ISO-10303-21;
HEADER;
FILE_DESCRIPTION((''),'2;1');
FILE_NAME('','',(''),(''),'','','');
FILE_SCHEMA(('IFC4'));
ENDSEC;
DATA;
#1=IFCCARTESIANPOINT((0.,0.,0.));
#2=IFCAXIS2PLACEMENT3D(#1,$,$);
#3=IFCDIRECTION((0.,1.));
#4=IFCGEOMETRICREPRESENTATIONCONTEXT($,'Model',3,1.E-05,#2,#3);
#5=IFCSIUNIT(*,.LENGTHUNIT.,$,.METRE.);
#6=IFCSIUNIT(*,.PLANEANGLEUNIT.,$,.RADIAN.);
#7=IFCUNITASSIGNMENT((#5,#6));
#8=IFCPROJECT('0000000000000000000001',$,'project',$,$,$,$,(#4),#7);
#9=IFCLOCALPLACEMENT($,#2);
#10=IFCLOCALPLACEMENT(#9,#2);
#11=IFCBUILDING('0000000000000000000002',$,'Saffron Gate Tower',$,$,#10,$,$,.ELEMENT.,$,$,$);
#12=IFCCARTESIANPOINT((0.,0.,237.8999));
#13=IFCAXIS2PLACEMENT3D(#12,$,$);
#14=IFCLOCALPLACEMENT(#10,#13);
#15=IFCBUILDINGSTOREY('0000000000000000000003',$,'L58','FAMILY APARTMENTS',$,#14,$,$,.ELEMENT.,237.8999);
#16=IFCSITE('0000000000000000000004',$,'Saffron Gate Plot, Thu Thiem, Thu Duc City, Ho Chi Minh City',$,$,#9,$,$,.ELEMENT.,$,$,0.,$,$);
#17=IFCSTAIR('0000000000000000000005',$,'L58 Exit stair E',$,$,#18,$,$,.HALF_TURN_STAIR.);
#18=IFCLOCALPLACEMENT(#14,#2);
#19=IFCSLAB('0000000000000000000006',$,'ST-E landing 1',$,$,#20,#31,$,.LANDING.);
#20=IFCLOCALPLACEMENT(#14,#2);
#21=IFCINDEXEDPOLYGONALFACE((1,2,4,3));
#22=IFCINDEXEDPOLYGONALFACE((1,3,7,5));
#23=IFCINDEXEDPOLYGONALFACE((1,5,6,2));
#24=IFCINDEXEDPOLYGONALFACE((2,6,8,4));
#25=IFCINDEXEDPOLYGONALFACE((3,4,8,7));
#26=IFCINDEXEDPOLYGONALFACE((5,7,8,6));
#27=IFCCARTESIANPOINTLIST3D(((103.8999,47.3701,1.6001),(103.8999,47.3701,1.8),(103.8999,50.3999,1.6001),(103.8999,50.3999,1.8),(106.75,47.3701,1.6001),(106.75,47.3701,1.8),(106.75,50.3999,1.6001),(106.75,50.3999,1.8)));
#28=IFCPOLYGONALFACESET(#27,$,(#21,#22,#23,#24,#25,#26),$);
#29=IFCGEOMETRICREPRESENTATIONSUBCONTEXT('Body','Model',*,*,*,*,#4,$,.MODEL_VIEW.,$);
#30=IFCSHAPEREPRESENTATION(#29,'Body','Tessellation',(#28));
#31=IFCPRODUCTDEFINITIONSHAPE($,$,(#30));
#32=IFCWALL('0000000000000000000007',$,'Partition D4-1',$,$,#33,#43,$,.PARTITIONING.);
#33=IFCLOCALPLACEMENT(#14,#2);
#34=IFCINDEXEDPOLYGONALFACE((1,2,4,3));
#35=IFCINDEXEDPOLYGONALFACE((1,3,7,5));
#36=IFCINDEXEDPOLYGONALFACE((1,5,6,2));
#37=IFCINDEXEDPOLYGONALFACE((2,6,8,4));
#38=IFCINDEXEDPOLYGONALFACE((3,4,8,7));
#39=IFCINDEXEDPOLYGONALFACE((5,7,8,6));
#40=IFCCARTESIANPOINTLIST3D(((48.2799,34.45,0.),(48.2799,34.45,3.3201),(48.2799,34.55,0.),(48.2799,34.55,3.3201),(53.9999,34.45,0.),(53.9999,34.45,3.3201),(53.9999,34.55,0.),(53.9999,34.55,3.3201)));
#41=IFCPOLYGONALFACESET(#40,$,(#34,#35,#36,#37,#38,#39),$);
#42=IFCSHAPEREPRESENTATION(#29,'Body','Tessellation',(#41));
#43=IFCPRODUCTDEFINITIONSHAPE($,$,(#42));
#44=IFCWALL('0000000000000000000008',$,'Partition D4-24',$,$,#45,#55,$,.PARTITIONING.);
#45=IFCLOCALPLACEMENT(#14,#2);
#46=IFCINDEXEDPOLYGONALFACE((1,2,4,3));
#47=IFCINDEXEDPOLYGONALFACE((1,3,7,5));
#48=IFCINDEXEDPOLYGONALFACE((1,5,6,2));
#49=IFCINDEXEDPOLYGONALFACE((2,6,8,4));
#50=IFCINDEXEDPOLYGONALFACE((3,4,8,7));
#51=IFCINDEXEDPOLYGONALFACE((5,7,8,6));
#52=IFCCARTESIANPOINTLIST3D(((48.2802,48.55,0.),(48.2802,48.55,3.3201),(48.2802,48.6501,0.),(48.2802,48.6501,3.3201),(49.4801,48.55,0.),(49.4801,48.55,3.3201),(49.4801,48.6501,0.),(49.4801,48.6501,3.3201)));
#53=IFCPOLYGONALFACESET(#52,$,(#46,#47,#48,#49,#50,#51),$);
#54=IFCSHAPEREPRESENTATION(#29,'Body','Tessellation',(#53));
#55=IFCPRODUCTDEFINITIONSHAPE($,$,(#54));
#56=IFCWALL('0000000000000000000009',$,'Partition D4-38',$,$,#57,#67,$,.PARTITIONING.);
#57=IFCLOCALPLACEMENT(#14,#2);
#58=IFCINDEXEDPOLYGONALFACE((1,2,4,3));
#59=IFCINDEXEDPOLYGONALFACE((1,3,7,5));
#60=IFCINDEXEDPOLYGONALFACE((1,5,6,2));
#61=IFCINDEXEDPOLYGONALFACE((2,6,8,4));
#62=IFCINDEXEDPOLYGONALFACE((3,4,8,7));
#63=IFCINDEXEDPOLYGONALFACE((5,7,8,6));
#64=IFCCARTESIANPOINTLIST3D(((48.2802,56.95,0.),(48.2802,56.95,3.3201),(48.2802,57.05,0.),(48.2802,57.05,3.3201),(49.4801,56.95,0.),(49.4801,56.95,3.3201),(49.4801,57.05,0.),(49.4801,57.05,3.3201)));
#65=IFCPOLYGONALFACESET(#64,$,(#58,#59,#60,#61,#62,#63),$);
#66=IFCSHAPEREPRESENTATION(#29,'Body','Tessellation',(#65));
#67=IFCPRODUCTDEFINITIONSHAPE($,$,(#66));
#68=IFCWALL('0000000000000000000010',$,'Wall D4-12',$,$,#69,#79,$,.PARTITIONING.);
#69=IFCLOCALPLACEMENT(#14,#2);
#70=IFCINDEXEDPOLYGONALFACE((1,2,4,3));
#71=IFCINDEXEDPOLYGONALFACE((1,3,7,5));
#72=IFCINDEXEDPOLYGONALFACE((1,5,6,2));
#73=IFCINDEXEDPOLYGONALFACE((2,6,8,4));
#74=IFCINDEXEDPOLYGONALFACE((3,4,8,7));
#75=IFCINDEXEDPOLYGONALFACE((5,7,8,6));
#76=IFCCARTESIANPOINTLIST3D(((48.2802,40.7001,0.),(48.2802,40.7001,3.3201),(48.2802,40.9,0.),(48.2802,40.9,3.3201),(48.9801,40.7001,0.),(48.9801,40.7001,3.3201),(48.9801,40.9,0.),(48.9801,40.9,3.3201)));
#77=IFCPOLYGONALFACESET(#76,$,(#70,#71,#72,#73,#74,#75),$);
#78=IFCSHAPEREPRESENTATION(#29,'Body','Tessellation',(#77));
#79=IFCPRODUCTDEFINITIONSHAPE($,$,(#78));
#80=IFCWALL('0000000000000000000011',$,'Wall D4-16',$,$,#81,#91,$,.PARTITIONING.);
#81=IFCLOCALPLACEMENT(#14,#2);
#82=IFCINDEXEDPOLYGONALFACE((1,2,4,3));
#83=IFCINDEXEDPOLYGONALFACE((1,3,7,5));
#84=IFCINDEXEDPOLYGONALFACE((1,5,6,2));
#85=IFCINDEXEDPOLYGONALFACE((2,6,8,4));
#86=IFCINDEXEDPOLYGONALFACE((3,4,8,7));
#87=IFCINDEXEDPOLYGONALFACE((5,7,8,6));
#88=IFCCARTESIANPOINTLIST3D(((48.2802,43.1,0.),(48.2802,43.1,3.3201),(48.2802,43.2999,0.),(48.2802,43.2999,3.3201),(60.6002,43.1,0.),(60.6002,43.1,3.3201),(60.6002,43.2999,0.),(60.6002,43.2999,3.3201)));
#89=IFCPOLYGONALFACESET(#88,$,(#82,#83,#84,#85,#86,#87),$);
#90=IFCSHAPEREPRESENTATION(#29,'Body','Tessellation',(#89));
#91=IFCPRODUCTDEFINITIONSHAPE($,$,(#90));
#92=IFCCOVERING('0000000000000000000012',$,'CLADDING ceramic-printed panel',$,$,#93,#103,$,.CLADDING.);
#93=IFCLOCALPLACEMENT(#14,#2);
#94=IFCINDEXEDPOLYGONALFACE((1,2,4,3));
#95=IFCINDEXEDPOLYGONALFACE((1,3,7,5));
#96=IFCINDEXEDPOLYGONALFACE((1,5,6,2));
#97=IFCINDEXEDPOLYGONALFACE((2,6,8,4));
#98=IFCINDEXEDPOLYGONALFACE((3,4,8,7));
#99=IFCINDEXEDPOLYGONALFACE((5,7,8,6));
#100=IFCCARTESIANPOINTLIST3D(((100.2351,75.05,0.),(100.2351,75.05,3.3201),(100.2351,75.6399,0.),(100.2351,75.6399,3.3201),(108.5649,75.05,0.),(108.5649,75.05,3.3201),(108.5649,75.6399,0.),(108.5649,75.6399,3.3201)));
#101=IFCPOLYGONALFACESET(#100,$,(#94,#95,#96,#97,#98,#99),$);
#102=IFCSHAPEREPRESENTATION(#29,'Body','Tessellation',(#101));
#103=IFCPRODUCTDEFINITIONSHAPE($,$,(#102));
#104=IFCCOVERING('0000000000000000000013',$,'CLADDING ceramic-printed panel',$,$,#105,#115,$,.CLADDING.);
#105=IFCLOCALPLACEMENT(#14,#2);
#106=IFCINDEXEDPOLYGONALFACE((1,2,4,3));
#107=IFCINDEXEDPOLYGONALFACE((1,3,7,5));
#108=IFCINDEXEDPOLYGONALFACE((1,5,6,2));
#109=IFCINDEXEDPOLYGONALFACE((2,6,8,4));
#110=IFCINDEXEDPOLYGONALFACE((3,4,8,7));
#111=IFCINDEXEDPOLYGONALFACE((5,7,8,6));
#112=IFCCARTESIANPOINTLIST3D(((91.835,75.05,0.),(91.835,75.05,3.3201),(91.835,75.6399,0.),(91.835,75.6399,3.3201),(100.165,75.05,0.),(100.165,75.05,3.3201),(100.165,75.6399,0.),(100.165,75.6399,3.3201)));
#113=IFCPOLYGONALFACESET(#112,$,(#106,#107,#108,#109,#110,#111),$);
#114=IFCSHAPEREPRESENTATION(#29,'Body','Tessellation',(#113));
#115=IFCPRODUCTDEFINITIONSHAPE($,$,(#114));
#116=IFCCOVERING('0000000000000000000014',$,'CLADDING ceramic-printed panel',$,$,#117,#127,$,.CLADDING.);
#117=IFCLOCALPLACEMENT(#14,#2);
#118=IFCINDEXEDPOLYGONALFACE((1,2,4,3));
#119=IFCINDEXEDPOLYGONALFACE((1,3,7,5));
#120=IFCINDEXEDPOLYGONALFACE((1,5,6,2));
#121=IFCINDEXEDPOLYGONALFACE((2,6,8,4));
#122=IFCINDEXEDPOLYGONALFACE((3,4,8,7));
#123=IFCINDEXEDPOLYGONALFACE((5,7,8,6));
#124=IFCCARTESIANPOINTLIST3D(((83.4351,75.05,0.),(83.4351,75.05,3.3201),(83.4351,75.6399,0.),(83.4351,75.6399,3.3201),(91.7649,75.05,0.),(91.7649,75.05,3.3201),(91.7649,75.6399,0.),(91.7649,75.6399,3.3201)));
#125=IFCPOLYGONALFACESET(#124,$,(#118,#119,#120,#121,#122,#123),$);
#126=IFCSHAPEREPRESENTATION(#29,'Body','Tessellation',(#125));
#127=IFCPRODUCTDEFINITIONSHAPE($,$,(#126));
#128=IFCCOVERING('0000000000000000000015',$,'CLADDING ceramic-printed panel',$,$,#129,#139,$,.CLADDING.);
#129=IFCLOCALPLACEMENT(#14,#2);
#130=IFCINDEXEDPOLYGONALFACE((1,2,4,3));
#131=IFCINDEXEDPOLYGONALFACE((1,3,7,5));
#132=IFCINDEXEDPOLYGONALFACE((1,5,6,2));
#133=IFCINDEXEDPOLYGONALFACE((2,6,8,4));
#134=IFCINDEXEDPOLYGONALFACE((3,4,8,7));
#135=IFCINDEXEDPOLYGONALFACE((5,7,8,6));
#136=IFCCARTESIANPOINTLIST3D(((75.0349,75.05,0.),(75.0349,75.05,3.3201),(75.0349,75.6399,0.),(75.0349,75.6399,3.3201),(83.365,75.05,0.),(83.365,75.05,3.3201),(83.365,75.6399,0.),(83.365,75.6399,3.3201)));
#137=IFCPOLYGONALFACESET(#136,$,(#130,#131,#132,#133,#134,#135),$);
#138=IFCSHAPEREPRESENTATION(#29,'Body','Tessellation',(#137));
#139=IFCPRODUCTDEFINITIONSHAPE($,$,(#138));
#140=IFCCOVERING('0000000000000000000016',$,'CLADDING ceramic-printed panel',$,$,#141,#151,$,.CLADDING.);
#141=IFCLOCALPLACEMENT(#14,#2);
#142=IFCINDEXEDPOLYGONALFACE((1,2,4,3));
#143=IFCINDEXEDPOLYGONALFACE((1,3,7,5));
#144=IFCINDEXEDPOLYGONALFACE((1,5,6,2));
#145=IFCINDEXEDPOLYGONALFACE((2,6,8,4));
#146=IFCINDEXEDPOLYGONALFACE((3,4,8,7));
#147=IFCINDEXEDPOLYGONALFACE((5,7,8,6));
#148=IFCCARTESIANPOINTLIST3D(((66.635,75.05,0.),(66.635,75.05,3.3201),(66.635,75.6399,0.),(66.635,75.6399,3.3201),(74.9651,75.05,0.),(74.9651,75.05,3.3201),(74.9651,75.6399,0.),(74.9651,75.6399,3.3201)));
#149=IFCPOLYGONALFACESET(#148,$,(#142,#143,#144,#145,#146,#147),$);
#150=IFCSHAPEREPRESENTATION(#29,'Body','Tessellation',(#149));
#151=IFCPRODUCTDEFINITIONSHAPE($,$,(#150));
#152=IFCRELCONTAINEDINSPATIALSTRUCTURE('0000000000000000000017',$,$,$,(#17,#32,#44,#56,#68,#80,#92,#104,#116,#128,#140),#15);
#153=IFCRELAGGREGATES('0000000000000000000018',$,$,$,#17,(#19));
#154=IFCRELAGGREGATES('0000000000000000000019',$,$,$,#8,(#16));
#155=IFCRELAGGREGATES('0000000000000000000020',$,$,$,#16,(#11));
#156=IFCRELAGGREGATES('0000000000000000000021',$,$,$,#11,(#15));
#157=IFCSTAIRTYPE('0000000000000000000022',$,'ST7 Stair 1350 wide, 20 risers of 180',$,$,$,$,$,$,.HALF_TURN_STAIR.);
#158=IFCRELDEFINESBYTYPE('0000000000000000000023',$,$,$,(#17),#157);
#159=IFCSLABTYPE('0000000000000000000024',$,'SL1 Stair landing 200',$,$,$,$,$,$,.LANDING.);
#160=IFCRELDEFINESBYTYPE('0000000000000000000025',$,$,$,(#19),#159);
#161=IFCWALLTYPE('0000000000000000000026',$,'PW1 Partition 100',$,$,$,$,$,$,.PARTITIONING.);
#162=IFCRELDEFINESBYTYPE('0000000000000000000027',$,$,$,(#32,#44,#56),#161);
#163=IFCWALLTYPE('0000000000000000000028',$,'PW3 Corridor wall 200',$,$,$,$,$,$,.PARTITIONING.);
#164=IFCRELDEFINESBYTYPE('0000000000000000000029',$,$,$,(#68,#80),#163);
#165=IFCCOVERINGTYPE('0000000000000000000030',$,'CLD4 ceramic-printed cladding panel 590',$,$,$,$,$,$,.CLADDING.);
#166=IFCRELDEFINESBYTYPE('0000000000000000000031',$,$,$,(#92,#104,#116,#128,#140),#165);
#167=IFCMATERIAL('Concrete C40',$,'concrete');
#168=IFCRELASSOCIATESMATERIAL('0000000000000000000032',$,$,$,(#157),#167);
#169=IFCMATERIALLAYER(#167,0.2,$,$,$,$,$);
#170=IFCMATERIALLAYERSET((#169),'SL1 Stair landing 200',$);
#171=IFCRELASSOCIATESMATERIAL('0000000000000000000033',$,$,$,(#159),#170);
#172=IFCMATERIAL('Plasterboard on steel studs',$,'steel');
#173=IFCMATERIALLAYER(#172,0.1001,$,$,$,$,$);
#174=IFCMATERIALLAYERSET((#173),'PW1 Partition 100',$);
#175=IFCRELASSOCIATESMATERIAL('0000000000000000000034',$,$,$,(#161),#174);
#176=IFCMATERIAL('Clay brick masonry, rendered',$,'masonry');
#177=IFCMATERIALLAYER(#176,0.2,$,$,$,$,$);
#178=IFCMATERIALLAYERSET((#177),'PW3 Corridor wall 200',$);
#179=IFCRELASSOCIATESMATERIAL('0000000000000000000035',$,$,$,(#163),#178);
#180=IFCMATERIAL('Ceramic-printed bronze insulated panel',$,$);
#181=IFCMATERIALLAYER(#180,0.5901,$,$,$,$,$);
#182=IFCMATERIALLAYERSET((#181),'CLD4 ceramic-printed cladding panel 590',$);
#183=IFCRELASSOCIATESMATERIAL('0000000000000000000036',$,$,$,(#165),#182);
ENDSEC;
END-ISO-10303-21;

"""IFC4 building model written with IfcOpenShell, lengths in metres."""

from ifc_helpers import new_model, si_unit, direction, frame, frame_2d, origin, place, context, subcontext, project, spatial, polyline, rectangle, outline, extrude, material, layer, layer_set, type_object, element, aggregate, save


model = new_model("IFC4")

# Units and contexts
model_context = context("Model", 3, precision=1e-05, world=origin(), true_north=direction((0.0, 1.0)))
body_context = subcontext(model_context, "Body", "Model", "MODEL_VIEW")
ifc_project = project(units=[si_unit("LENGTHUNIT", "METRE"), si_unit("PLANEANGLEUNIT", "RADIAN")], contexts=[model_context])

# Site, building, storey
site_placement = place(None, origin())
site = spatial("IfcSite", under=ifc_project, at=site_placement, Name="Saffron Gate Plot, Thu Thiem, Thu Duc City, Ho Chi Minh City", CompositionType="ELEMENT", RefElevation=0.0)
building_placement = place(site_placement, origin())
building = spatial("IfcBuilding", under=site, at=building_placement, Name="Saffron Gate Tower", CompositionType="ELEMENT")
storey_placement = place(building_placement, frame((0.0, 0.0, 237.8999)))
storey = spatial("IfcBuildingStorey", under=building, at=storey_placement, Name="L58", Description="FAMILY APARTMENTS", CompositionType="ELEMENT", Elevation=237.8999)

# Shared definitions
ifc_material_1 = material(Name="Concrete C40", Category="concrete")

# Stair, slab
stair_type = type_object("IfcStairType", Name="ST7 Stair 1350 wide, 20 risers of 180", PredefinedType="HALF_TURN_STAIR", material=ifc_material_1)
ifc_layer_1 = layer(ifc_material_1, 0.2)
ifc_layer_set_1 = layer_set([ifc_layer_1], Name="SL1 Stair landing 200")
slab_type_1 = type_object("IfcSlabType", Name="SL1 Stair landing 200", PredefinedType="LANDING", material=ifc_layer_set_1)
stair_1_placement = place(storey_placement, origin())
stair_1 = element("IfcStair", 1, at=stair_1_placement, inside=storey, type_object=stair_type, Name="L58 Exit stair E", PredefinedType="HALF_TURN_STAIR")
slab_1_placement = place(storey_placement, frame((0.0, 0.0, 1.6001)))
slab_1 = element("IfcSlab", 2, at=slab_1_placement, type_object=slab_type_1, Name="ST-E landing 1", PredefinedType="LANDING", context=body_context, shape_type="SweptSolid", body=[
    extrude(outline(polyline([(106.75, 47.3701), (106.75, 50.3999), (103.8999, 50.3999), (103.8999, 47.3701), (106.75, 47.3701)])), origin(), (0.0, 0.0, 1.0), 0.2),
])
aggregate(stair_1, [slab_1])

# Walls
ifc_material_2 = material(Name="Plasterboard on steel studs", Category="steel")
ifc_layer_2 = layer(ifc_material_2, 0.1001)
ifc_layer_set_2 = layer_set([ifc_layer_2], Name="PW1 Partition 100")
wall_type_1 = type_object("IfcWallType", Name="PW1 Partition 100", PredefinedType="PARTITIONING", material=ifc_layer_set_2)
wall_1_placement = place(storey_placement, frame((48.28, 34.5, 0.0), z_axis=(0.0, 0.0, 1.0), x_axis=(1.0, 0.0, 0.0)))
element("IfcWall", 3, at=wall_1_placement, inside=storey, type_object=wall_type_1, Name="Partition D4-1", PredefinedType="PARTITIONING", context=body_context, shape_type="SweptSolid", body=[
    extrude(rectangle(XDim=5.72, YDim=0.1001, at=frame_2d((2.8599, 0.0))), origin(), (0.0, 0.0, 1.0), 3.3201),
])
for number, where, z_axis, x_axis, name in (
    (4, (48.28, 48.6001, 0.0), (0.0, 0.0, 1.0), (1.0, 0.0, 0.0), "Partition D4-24"),
    (5, (48.28, 57.0, 0.0), (0.0, 0.0, 1.0), (1.0, 0.0, 0.0), "Partition D4-38"),
):
    element("IfcWall", number, at=place(storey_placement, frame(where, z_axis=z_axis, x_axis=x_axis)), inside=storey, type_object=wall_type_1, Name=name, PredefinedType="PARTITIONING", context=body_context, shape_type="SweptSolid", body=[
        extrude(rectangle(XDim=1.2, YDim=0.1001, at=frame_2d((0.6001, 0.0))), origin(), (0.0, 0.0, 1.0), 3.3201),
    ])
ifc_material_3 = material(Name="Clay brick masonry, rendered", Category="masonry")
ifc_layer_3 = layer(ifc_material_3, 0.2)
ifc_layer_set_3 = layer_set([ifc_layer_3], Name="PW3 Corridor wall 200")
wall_type_2 = type_object("IfcWallType", Name="PW3 Corridor wall 200", PredefinedType="PARTITIONING", material=ifc_layer_set_3)
wall_2_placement = place(storey_placement, frame((48.28, 40.8, 0.0), z_axis=(0.0, 0.0, 1.0), x_axis=(1.0, 0.0, 0.0)))
element("IfcWall", 6, at=wall_2_placement, inside=storey, type_object=wall_type_2, Name="Wall D4-12", PredefinedType="PARTITIONING", context=body_context, shape_type="SweptSolid", body=[
    extrude(rectangle(XDim=0.7, YDim=0.2, at=frame_2d((0.3501, 0.0))), origin(), (0.0, 0.0, 1.0), 3.3201),
])
wall_3_placement = place(storey_placement, frame((48.28, 43.2, 0.0), z_axis=(0.0, 0.0, 1.0), x_axis=(1.0, 0.0, 0.0)))
element("IfcWall", 7, at=wall_3_placement, inside=storey, type_object=wall_type_2, Name="Wall D4-16", PredefinedType="PARTITIONING", context=body_context, shape_type="SweptSolid", body=[
    extrude(rectangle(XDim=12.3201, YDim=0.2, at=frame_2d((6.1602, 0.0))), origin(), (0.0, 0.0, 1.0), 3.3201),
])

# Coverings
ifc_material_4 = material(Name="Ceramic-printed bronze insulated panel")
ifc_layer_4 = layer(ifc_material_4, 0.5901)
ifc_layer_set_4 = layer_set([ifc_layer_4], Name="CLD4 ceramic-printed cladding panel 590")
covering_type = type_object("IfcCoveringType", Name="CLD4 ceramic-printed cladding panel 590", PredefinedType="CLADDING", material=ifc_layer_set_4)
covering_1_placement = place(storey_placement, origin())
element("IfcCovering", 8, at=covering_1_placement, inside=storey, type_object=covering_type, Name="CLADDING ceramic-printed panel", PredefinedType="CLADDING", context=body_context, shape_type="SweptSolid", body=[
    extrude(outline(polyline([(108.5649, 75.6399), (100.2351, 75.6399), (100.2351, 75.05), (108.5649, 75.05), (108.5649, 75.6399)])), origin(), (0.0, 0.0, 1.0), 3.3201),
])
covering_2_placement = place(storey_placement, origin())
element("IfcCovering", 9, at=covering_2_placement, inside=storey, type_object=covering_type, Name="CLADDING ceramic-printed panel", PredefinedType="CLADDING", context=body_context, shape_type="SweptSolid", body=[
    extrude(outline(polyline([(100.165, 75.6399), (91.835, 75.6399), (91.835, 75.05), (100.165, 75.05), (100.165, 75.6399)])), origin(), (0.0, 0.0, 1.0), 3.3201),
])
covering_3_placement = place(storey_placement, origin())
element("IfcCovering", 10, at=covering_3_placement, inside=storey, type_object=covering_type, Name="CLADDING ceramic-printed panel", PredefinedType="CLADDING", context=body_context, shape_type="SweptSolid", body=[
    extrude(outline(polyline([(91.7649, 75.6399), (83.4351, 75.6399), (83.4351, 75.05), (91.7649, 75.05), (91.7649, 75.6399)])), origin(), (0.0, 0.0, 1.0), 3.3201),
])
covering_4_placement = place(storey_placement, origin())
element("IfcCovering", 11, at=covering_4_placement, inside=storey, type_object=covering_type, Name="CLADDING ceramic-printed panel", PredefinedType="CLADDING", context=body_context, shape_type="SweptSolid", body=[
    extrude(outline(polyline([(83.365, 75.6399), (75.0349, 75.6399), (75.0349, 75.05), (83.365, 75.05), (83.365, 75.6399)])), origin(), (0.0, 0.0, 1.0), 3.3201),
])
covering_5_placement = place(storey_placement, origin())
element("IfcCovering", 12, at=covering_5_placement, inside=storey, type_object=covering_type, Name="CLADDING ceramic-printed panel", PredefinedType="CLADDING", context=body_context, shape_type="SweptSolid", body=[
    extrude(outline(polyline([(74.9651, 75.6399), (66.635, 75.6399), (66.635, 75.05), (74.9651, 75.05), (74.9651, 75.6399)])), origin(), (0.0, 0.0, 1.0), 3.3201),
])

save(model, "model.ifc")
